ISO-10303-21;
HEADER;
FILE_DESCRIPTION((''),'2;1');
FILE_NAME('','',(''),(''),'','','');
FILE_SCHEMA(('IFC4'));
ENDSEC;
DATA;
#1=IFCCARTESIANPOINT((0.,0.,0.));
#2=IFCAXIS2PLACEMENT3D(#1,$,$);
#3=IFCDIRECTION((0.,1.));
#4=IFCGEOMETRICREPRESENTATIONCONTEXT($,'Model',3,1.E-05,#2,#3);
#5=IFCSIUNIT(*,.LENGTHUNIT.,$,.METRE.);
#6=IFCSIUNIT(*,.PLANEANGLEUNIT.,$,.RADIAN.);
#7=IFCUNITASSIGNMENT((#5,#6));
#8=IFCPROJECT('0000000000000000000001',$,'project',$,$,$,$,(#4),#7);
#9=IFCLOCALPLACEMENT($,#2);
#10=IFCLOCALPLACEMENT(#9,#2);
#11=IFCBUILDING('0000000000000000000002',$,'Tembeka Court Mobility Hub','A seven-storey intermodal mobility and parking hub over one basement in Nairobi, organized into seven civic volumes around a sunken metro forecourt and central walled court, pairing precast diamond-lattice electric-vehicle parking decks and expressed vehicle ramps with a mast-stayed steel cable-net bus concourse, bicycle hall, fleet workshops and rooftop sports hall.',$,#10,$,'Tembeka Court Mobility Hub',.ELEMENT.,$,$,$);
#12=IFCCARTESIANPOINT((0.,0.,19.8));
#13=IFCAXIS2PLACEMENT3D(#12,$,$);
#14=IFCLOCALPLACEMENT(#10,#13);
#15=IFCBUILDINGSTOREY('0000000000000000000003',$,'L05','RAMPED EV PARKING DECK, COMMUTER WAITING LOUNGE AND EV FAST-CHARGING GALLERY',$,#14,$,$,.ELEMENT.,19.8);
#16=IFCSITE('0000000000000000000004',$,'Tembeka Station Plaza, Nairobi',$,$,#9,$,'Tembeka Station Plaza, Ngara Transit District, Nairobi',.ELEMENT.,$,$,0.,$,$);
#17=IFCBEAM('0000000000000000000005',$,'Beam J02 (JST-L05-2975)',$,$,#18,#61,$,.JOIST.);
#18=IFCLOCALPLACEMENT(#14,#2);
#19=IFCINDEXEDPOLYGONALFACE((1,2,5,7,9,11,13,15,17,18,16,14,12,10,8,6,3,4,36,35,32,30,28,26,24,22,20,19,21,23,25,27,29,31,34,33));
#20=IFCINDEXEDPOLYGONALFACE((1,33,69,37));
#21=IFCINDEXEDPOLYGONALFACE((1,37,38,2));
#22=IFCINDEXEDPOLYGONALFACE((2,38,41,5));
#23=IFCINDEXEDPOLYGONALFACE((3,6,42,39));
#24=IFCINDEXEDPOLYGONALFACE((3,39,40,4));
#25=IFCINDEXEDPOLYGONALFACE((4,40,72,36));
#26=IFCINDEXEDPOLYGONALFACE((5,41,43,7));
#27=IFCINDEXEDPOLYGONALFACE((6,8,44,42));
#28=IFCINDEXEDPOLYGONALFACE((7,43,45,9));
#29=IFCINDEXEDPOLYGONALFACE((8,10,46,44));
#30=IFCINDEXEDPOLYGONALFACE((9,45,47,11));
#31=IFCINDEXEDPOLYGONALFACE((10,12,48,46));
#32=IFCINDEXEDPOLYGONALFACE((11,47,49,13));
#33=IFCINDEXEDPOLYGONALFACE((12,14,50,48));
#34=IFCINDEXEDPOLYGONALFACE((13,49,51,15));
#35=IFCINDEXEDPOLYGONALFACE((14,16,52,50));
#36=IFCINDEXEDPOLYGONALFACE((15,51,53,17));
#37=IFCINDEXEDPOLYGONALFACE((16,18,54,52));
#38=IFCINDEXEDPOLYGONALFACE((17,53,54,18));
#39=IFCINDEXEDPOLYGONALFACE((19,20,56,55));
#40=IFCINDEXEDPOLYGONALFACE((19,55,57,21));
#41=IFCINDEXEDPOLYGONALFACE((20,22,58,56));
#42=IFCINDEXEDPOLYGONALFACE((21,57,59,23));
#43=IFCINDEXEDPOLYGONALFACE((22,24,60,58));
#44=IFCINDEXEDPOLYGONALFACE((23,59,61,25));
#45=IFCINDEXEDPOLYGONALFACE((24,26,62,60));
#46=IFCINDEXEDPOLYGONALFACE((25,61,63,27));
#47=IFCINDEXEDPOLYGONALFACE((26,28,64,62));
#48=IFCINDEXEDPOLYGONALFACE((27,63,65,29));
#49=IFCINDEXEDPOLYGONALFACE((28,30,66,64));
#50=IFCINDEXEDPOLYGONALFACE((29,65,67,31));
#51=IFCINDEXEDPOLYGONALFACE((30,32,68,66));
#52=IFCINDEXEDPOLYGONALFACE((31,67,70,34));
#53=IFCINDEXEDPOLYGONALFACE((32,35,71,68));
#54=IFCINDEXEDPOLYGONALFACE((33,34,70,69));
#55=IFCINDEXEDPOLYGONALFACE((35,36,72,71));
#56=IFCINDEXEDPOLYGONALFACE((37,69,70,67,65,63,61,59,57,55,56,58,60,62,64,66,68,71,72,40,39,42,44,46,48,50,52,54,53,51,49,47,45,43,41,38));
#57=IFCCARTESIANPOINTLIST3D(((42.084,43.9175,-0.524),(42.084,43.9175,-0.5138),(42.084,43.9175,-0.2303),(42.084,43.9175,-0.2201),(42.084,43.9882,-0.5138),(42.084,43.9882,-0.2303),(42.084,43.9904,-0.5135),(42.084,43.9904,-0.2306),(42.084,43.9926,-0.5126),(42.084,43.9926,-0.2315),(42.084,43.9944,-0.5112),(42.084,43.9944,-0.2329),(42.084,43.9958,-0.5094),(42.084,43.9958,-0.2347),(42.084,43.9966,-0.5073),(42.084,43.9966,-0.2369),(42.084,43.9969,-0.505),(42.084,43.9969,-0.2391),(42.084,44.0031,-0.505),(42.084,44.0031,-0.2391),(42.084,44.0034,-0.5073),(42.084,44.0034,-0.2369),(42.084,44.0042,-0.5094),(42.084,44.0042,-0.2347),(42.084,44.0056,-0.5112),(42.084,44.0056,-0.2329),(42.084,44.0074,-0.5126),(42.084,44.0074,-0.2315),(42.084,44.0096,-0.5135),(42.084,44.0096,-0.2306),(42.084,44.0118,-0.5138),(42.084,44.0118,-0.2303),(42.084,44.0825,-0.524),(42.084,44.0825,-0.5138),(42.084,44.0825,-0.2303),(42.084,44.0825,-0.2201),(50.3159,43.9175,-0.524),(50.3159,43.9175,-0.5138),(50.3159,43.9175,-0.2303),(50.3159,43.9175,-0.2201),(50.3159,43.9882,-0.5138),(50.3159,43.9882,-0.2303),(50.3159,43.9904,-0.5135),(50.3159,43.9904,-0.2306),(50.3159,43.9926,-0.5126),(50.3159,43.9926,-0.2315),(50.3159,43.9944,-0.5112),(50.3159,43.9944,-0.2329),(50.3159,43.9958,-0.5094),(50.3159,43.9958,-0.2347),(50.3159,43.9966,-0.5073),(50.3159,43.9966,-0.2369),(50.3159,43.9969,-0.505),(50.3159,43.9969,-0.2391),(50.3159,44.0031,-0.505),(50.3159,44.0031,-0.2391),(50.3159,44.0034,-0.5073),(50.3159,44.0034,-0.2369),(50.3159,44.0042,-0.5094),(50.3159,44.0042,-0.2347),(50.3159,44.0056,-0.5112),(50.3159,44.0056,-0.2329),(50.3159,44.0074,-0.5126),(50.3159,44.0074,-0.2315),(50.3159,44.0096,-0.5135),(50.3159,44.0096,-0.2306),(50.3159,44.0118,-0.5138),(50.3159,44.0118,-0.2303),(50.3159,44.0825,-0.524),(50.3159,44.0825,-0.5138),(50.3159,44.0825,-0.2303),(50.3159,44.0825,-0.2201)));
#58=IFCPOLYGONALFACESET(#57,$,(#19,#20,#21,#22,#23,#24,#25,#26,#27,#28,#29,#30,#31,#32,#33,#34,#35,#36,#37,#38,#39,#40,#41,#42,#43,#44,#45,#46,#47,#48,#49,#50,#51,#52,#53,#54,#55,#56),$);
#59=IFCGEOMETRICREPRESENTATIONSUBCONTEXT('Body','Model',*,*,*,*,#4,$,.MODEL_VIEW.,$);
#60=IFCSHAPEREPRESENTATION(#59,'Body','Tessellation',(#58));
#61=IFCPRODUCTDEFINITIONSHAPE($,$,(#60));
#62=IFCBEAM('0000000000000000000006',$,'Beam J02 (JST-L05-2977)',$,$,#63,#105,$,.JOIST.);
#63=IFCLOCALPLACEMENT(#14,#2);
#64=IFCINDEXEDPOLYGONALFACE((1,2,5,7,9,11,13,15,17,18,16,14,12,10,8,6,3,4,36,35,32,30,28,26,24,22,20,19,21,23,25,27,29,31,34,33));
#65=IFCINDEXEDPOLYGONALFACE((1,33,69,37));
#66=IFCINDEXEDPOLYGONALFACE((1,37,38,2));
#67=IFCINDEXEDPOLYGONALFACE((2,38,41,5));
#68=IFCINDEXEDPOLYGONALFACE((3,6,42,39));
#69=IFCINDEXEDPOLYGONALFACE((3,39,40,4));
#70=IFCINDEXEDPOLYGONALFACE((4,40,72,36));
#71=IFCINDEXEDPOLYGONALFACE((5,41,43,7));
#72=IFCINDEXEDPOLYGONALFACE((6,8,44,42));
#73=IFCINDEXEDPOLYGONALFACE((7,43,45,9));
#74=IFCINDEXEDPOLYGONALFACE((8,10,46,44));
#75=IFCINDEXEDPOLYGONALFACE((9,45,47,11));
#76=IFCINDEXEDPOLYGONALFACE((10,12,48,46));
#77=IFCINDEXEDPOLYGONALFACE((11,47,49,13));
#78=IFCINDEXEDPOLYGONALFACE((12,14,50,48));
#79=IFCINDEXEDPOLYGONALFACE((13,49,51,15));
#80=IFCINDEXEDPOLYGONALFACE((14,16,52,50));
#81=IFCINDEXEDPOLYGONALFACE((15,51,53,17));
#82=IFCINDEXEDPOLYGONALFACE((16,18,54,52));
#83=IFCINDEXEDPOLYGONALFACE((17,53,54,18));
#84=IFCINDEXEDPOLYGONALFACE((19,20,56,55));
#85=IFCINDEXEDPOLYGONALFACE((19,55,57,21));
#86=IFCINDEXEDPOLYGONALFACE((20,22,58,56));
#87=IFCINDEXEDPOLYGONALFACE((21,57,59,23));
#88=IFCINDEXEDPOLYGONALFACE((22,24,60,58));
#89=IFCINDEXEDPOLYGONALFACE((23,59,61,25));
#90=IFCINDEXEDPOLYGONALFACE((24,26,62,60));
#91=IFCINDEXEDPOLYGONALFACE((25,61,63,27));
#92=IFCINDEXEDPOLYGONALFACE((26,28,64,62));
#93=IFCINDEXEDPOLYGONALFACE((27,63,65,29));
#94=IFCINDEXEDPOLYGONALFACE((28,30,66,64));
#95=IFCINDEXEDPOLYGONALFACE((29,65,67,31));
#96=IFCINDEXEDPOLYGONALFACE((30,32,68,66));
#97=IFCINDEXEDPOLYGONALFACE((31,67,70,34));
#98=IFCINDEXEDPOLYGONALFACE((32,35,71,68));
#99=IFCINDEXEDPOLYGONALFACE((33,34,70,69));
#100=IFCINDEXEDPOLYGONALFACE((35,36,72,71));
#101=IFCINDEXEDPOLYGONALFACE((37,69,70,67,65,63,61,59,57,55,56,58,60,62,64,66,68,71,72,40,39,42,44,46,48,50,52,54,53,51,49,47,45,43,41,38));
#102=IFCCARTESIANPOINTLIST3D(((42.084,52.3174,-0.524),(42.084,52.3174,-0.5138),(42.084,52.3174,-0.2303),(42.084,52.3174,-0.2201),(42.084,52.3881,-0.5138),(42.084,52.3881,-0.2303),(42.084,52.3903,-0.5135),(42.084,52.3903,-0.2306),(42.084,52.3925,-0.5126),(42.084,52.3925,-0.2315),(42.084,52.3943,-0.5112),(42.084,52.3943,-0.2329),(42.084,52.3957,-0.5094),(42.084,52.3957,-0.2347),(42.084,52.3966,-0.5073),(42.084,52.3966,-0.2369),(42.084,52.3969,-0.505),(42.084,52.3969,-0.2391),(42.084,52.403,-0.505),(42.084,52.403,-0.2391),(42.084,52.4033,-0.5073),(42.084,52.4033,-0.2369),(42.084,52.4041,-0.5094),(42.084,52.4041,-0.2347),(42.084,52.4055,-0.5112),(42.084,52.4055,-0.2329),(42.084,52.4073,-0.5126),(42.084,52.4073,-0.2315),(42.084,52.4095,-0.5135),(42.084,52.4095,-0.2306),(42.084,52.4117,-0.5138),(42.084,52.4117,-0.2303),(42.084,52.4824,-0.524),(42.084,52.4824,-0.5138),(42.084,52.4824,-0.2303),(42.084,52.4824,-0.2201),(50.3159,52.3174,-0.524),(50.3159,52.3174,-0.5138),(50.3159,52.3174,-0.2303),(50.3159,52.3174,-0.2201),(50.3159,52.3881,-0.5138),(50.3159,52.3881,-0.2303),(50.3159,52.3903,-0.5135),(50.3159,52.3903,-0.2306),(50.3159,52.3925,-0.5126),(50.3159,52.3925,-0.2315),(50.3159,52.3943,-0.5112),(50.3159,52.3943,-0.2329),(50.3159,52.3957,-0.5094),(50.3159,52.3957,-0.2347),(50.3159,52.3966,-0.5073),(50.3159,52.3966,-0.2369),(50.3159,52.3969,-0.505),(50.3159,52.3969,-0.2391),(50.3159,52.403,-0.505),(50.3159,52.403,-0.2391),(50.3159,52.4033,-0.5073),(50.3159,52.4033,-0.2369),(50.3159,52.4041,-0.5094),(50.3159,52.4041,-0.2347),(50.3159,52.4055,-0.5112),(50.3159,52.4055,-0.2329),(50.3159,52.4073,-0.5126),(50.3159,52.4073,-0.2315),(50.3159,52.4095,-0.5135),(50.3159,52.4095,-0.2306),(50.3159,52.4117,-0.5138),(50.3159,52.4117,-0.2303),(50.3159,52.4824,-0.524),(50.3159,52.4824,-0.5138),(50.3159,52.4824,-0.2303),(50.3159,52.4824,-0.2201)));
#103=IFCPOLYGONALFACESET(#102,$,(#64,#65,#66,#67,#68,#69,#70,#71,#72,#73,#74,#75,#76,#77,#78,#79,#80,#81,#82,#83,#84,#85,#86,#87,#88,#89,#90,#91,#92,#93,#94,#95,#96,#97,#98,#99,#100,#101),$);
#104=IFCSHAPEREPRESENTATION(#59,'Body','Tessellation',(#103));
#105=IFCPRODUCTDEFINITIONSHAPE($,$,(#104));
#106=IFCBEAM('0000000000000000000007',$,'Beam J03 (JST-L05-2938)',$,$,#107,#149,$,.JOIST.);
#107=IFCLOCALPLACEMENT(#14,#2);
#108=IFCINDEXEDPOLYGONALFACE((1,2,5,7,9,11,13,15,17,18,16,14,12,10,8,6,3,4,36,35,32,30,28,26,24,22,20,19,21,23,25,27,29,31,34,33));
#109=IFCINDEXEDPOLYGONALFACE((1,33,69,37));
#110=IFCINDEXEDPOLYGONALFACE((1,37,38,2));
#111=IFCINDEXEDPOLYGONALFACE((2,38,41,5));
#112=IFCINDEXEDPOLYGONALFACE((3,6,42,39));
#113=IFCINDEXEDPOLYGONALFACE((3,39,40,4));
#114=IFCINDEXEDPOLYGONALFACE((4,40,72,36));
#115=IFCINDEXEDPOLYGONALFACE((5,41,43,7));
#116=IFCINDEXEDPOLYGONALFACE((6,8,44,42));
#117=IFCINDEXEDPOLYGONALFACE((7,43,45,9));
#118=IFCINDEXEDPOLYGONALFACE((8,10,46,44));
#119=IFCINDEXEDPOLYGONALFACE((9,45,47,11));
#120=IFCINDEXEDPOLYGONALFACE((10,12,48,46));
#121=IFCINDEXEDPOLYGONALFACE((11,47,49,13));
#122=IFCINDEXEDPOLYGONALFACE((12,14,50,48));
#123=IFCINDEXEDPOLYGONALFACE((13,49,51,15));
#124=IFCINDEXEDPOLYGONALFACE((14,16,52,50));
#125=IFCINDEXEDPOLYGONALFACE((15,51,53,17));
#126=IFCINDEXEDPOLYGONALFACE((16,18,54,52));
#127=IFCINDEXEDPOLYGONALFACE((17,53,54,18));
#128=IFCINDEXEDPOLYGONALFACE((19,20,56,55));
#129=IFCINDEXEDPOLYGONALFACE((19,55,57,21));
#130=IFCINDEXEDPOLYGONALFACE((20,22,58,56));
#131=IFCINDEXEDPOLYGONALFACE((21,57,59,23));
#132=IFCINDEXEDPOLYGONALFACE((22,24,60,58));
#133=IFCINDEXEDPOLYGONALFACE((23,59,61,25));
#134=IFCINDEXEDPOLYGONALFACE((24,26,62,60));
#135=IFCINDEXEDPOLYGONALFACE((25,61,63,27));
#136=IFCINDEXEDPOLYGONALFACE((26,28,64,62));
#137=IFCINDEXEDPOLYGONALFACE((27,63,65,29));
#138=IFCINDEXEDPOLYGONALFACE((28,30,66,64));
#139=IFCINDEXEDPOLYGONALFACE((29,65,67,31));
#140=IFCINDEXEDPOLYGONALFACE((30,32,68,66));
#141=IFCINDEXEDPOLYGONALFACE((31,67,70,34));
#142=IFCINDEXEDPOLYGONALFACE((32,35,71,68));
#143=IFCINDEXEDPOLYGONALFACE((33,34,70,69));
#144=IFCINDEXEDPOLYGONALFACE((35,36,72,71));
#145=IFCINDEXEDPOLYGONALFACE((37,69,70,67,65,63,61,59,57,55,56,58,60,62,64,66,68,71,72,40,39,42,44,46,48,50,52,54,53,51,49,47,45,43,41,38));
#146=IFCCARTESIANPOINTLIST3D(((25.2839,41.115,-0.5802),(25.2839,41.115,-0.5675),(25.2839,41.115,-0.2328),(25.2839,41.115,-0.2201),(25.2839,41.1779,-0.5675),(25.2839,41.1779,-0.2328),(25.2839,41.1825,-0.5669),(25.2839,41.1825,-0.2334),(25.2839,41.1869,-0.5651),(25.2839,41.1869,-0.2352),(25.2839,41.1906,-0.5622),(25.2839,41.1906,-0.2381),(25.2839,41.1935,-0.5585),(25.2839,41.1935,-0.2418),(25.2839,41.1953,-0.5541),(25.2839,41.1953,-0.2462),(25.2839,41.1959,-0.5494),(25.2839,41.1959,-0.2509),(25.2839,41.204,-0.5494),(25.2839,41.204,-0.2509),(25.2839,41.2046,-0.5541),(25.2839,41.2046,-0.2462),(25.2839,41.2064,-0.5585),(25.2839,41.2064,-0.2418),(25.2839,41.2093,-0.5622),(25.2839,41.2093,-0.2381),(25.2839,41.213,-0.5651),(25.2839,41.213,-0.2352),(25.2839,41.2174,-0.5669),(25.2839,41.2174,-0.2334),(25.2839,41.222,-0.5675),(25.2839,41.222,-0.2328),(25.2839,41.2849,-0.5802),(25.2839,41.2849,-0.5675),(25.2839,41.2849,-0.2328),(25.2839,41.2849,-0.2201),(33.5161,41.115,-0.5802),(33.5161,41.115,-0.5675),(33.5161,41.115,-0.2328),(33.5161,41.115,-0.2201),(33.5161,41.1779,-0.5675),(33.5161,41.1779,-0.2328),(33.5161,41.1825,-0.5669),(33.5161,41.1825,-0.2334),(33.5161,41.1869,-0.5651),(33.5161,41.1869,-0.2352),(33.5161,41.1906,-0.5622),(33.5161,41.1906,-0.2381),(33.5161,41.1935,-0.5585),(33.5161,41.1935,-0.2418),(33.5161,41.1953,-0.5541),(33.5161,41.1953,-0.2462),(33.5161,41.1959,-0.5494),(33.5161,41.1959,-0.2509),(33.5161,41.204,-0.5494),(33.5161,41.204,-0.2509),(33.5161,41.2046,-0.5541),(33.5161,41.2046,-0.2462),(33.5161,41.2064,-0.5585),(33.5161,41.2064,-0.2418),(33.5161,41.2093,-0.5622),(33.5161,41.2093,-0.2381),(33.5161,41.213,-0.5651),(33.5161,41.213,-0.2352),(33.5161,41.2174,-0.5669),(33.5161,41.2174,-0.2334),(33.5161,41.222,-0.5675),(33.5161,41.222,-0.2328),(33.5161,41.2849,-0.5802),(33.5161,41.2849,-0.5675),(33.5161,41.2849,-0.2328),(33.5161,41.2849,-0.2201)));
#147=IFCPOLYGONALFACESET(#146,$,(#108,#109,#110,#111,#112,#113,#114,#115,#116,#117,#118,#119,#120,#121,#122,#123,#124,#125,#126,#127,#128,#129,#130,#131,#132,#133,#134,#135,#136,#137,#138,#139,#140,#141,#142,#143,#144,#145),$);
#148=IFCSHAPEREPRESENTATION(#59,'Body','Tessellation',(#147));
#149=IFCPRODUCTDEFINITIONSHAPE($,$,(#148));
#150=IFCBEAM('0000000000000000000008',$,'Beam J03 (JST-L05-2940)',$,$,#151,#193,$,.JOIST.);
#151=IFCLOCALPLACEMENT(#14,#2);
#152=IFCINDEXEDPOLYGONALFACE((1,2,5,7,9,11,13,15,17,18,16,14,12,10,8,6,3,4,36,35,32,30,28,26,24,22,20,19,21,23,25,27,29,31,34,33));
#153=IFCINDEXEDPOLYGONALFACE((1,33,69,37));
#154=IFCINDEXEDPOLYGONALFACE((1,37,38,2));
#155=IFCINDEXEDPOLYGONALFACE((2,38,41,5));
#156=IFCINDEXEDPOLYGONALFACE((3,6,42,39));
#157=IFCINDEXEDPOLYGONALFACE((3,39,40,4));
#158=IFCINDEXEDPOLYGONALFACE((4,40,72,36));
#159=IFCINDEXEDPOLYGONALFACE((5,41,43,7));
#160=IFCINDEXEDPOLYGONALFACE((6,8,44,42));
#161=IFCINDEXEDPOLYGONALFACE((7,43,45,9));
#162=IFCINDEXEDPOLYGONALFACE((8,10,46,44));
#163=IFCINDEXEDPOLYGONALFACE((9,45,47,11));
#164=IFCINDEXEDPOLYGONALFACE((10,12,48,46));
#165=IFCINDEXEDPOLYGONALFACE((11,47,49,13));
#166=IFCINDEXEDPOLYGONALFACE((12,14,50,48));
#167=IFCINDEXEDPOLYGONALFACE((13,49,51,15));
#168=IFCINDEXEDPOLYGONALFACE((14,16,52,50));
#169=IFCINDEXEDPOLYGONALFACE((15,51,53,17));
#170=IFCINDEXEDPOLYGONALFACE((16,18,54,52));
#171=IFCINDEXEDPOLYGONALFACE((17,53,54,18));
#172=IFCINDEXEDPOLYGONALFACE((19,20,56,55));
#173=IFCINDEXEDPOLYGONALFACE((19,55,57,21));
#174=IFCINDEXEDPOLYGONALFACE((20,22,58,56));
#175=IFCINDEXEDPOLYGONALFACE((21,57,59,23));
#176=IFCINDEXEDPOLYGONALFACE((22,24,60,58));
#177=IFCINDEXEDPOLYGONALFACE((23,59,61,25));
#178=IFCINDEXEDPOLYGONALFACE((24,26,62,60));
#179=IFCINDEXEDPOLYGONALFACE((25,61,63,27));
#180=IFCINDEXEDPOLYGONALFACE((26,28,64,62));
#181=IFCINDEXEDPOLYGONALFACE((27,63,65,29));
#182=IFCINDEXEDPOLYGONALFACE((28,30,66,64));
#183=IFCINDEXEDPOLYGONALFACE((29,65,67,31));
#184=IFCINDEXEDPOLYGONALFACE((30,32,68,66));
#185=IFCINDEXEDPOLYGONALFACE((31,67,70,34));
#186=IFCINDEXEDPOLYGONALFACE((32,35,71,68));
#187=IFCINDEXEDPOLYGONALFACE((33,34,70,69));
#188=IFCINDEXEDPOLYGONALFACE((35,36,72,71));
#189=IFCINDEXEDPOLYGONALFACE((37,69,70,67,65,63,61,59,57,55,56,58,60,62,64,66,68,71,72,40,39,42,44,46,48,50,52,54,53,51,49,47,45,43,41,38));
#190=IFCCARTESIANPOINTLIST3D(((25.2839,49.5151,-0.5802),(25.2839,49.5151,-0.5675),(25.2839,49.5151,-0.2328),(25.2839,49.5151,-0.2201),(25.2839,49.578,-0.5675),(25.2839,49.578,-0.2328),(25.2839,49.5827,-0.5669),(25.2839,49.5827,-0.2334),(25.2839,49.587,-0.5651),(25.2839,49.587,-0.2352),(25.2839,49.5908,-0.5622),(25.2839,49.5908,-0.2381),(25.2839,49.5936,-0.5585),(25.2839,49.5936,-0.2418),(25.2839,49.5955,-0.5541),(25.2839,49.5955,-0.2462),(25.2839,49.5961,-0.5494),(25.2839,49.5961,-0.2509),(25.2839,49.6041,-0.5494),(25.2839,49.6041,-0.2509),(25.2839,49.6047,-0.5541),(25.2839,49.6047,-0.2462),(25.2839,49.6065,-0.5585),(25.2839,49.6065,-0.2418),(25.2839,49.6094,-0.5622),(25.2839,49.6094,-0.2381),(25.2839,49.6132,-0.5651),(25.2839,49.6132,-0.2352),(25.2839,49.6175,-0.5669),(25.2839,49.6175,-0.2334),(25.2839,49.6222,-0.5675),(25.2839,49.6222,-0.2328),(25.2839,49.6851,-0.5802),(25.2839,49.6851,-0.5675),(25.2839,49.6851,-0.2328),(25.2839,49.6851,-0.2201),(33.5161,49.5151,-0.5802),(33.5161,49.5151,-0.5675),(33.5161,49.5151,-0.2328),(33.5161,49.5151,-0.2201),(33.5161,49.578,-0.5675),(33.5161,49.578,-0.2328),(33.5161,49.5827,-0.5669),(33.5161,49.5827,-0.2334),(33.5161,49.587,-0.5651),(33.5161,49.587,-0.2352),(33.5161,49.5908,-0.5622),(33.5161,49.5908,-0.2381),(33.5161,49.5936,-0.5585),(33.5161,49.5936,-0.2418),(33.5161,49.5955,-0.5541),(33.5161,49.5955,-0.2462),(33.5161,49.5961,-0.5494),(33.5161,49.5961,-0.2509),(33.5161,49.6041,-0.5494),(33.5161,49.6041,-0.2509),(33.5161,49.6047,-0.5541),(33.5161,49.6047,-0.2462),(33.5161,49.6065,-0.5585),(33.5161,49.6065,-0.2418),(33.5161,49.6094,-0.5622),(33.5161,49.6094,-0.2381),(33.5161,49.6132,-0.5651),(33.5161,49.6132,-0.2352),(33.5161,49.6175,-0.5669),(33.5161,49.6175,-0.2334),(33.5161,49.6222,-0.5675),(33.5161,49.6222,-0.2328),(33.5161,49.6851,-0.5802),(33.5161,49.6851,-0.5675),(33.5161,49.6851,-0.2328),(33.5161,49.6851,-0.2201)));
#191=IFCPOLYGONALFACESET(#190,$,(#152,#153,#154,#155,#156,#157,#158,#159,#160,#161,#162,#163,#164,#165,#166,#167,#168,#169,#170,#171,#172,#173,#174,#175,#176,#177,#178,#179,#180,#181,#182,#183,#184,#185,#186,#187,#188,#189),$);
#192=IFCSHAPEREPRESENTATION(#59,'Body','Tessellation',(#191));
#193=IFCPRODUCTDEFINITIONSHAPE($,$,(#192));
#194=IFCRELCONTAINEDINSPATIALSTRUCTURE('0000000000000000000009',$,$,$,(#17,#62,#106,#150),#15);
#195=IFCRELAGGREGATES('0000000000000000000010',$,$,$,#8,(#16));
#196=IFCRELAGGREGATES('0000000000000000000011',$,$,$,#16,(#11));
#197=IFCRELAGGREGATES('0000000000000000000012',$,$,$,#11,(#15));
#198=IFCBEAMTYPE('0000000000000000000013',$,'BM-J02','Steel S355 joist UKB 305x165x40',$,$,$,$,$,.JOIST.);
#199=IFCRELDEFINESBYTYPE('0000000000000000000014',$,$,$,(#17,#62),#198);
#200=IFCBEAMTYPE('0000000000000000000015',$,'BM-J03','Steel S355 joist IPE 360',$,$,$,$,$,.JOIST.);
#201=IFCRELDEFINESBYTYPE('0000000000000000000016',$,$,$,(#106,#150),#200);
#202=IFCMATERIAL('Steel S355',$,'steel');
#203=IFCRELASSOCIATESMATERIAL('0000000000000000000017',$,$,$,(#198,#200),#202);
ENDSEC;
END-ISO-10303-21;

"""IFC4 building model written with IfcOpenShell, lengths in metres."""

from ifc_helpers import new_model, si_unit, direction, frame, origin, origin_2d, place, context, subcontext, project, spatial, i_section, extrude, material, material_profile, profile_set, type_object, element, save


model = new_model("IFC4")

# Units and contexts
model_context = context("Model", 3, precision=1e-05, world=origin(), true_north=direction((0.0, 1.0)))
body_context = subcontext(model_context, "Body", "Model", "MODEL_VIEW")
ifc_project = project(units=[si_unit("LENGTHUNIT", "METRE"), si_unit("PLANEANGLEUNIT", "RADIAN")], contexts=[model_context])

# Site, building, storey
site_placement = place(None, origin())
site = spatial("IfcSite", under=ifc_project, at=site_placement, Name="Tembeka Station Plaza, Nairobi", LongName="Tembeka Station Plaza, Ngara Transit District, Nairobi", CompositionType="ELEMENT", RefElevation=0.0)
building_placement = place(site_placement, origin())
building = spatial("IfcBuilding", under=site, at=building_placement, Name="Tembeka Court Mobility Hub", Description="A seven-storey intermodal mobility and parking hub over one basement in Nairobi, organized into seven civic volumes around a sunken metro forecourt and central walled court, pairing precast diamond-lattice electric-vehicle parking decks and expressed vehicle ramps with a mast-stayed steel cable-net bus concourse, bicycle hall, fleet workshops and rooftop sports hall.", LongName="Tembeka Court Mobility Hub", CompositionType="ELEMENT")
storey_placement = place(building_placement, frame((0.0, 0.0, 19.8)))
storey = spatial("IfcBuildingStorey", under=building, at=storey_placement, Name="L05", Description="RAMPED EV PARKING DECK, COMMUTER WAITING LOUNGE AND EV FAST-CHARGING GALLERY", CompositionType="ELEMENT", Elevation=19.8)

# Shared definitions
ifc_material_1 = material(Name="Steel S355", Category="steel")

# Beams
ifc_material_profile_1 = material_profile(ifc_material_1, i_section(OverallWidth=0.165, OverallDepth=0.304, WebThickness=0.0061, FlangeThickness=0.0103, FilletRadius=0.0088, at=origin_2d()), Name="UKB 305x165x40")
ifc_profile_set_1 = profile_set([ifc_material_profile_1], Name="Steel S355")
beam_type_1 = type_object("IfcBeamType", Name="BM-J02", Description="Steel S355 joist UKB 305x165x40", PredefinedType="JOIST", material=ifc_profile_set_1)
for number, where, z_axis, x_axis, name in (
    (1, (42.084, 44.0, -0.3721), (1.0, 0.0, 0.0), (0.0, 1.0, 0.0), "Beam J02 (JST-L05-2975)"),
    (2, (42.084, 52.3999, -0.3721), (1.0, 0.0, 0.0), (0.0, 1.0, 0.0), "Beam J02 (JST-L05-2977)"),
):
    element("IfcBeam", number, at=place(storey_placement, frame(where, z_axis=z_axis, x_axis=x_axis)), inside=storey, type_object=beam_type_1, Name=name, PredefinedType="JOIST", context=body_context, shape_type="SweptSolid", body=[
        extrude(i_section(OverallWidth=0.165, OverallDepth=0.304, WebThickness=0.0061, FlangeThickness=0.0103, FilletRadius=0.0088, at=origin_2d()), origin(), (0.0, 0.0, 1.0), 8.2319),
    ])
ifc_material_profile_2 = material_profile(ifc_material_1, i_section(OverallWidth=0.1699, OverallDepth=0.3601, WebThickness=0.0081, FlangeThickness=0.0127, FilletRadius=0.0181, at=origin_2d()), Name="IPE 360")
ifc_profile_set_2 = profile_set([ifc_material_profile_2], Name="Steel S355")
beam_type_2 = type_object("IfcBeamType", Name="BM-J03", Description="Steel S355 joist IPE 360", PredefinedType="JOIST", material=ifc_profile_set_2)
for number, where, z_axis, x_axis, name in (
    (3, (25.2839, 41.2, -0.4001), (1.0, 0.0, 0.0), (0.0, 1.0, 0.0), "Beam J03 (JST-L05-2938)"),
    (4, (25.2839, 49.6001, -0.4001), (1.0, 0.0, 0.0), (0.0, 1.0, 0.0), "Beam J03 (JST-L05-2940)"),
):
    element("IfcBeam", number, at=place(storey_placement, frame(where, z_axis=z_axis, x_axis=x_axis)), inside=storey, type_object=beam_type_2, Name=name, PredefinedType="JOIST", context=body_context, shape_type="SweptSolid", body=[
        extrude(i_section(OverallWidth=0.1699, OverallDepth=0.3601, WebThickness=0.0081, FlangeThickness=0.0127, FilletRadius=0.0181, at=origin_2d()), origin(), (0.0, 0.0, 1.0), 8.2322),
    ])

save(model, "model.ifc")
